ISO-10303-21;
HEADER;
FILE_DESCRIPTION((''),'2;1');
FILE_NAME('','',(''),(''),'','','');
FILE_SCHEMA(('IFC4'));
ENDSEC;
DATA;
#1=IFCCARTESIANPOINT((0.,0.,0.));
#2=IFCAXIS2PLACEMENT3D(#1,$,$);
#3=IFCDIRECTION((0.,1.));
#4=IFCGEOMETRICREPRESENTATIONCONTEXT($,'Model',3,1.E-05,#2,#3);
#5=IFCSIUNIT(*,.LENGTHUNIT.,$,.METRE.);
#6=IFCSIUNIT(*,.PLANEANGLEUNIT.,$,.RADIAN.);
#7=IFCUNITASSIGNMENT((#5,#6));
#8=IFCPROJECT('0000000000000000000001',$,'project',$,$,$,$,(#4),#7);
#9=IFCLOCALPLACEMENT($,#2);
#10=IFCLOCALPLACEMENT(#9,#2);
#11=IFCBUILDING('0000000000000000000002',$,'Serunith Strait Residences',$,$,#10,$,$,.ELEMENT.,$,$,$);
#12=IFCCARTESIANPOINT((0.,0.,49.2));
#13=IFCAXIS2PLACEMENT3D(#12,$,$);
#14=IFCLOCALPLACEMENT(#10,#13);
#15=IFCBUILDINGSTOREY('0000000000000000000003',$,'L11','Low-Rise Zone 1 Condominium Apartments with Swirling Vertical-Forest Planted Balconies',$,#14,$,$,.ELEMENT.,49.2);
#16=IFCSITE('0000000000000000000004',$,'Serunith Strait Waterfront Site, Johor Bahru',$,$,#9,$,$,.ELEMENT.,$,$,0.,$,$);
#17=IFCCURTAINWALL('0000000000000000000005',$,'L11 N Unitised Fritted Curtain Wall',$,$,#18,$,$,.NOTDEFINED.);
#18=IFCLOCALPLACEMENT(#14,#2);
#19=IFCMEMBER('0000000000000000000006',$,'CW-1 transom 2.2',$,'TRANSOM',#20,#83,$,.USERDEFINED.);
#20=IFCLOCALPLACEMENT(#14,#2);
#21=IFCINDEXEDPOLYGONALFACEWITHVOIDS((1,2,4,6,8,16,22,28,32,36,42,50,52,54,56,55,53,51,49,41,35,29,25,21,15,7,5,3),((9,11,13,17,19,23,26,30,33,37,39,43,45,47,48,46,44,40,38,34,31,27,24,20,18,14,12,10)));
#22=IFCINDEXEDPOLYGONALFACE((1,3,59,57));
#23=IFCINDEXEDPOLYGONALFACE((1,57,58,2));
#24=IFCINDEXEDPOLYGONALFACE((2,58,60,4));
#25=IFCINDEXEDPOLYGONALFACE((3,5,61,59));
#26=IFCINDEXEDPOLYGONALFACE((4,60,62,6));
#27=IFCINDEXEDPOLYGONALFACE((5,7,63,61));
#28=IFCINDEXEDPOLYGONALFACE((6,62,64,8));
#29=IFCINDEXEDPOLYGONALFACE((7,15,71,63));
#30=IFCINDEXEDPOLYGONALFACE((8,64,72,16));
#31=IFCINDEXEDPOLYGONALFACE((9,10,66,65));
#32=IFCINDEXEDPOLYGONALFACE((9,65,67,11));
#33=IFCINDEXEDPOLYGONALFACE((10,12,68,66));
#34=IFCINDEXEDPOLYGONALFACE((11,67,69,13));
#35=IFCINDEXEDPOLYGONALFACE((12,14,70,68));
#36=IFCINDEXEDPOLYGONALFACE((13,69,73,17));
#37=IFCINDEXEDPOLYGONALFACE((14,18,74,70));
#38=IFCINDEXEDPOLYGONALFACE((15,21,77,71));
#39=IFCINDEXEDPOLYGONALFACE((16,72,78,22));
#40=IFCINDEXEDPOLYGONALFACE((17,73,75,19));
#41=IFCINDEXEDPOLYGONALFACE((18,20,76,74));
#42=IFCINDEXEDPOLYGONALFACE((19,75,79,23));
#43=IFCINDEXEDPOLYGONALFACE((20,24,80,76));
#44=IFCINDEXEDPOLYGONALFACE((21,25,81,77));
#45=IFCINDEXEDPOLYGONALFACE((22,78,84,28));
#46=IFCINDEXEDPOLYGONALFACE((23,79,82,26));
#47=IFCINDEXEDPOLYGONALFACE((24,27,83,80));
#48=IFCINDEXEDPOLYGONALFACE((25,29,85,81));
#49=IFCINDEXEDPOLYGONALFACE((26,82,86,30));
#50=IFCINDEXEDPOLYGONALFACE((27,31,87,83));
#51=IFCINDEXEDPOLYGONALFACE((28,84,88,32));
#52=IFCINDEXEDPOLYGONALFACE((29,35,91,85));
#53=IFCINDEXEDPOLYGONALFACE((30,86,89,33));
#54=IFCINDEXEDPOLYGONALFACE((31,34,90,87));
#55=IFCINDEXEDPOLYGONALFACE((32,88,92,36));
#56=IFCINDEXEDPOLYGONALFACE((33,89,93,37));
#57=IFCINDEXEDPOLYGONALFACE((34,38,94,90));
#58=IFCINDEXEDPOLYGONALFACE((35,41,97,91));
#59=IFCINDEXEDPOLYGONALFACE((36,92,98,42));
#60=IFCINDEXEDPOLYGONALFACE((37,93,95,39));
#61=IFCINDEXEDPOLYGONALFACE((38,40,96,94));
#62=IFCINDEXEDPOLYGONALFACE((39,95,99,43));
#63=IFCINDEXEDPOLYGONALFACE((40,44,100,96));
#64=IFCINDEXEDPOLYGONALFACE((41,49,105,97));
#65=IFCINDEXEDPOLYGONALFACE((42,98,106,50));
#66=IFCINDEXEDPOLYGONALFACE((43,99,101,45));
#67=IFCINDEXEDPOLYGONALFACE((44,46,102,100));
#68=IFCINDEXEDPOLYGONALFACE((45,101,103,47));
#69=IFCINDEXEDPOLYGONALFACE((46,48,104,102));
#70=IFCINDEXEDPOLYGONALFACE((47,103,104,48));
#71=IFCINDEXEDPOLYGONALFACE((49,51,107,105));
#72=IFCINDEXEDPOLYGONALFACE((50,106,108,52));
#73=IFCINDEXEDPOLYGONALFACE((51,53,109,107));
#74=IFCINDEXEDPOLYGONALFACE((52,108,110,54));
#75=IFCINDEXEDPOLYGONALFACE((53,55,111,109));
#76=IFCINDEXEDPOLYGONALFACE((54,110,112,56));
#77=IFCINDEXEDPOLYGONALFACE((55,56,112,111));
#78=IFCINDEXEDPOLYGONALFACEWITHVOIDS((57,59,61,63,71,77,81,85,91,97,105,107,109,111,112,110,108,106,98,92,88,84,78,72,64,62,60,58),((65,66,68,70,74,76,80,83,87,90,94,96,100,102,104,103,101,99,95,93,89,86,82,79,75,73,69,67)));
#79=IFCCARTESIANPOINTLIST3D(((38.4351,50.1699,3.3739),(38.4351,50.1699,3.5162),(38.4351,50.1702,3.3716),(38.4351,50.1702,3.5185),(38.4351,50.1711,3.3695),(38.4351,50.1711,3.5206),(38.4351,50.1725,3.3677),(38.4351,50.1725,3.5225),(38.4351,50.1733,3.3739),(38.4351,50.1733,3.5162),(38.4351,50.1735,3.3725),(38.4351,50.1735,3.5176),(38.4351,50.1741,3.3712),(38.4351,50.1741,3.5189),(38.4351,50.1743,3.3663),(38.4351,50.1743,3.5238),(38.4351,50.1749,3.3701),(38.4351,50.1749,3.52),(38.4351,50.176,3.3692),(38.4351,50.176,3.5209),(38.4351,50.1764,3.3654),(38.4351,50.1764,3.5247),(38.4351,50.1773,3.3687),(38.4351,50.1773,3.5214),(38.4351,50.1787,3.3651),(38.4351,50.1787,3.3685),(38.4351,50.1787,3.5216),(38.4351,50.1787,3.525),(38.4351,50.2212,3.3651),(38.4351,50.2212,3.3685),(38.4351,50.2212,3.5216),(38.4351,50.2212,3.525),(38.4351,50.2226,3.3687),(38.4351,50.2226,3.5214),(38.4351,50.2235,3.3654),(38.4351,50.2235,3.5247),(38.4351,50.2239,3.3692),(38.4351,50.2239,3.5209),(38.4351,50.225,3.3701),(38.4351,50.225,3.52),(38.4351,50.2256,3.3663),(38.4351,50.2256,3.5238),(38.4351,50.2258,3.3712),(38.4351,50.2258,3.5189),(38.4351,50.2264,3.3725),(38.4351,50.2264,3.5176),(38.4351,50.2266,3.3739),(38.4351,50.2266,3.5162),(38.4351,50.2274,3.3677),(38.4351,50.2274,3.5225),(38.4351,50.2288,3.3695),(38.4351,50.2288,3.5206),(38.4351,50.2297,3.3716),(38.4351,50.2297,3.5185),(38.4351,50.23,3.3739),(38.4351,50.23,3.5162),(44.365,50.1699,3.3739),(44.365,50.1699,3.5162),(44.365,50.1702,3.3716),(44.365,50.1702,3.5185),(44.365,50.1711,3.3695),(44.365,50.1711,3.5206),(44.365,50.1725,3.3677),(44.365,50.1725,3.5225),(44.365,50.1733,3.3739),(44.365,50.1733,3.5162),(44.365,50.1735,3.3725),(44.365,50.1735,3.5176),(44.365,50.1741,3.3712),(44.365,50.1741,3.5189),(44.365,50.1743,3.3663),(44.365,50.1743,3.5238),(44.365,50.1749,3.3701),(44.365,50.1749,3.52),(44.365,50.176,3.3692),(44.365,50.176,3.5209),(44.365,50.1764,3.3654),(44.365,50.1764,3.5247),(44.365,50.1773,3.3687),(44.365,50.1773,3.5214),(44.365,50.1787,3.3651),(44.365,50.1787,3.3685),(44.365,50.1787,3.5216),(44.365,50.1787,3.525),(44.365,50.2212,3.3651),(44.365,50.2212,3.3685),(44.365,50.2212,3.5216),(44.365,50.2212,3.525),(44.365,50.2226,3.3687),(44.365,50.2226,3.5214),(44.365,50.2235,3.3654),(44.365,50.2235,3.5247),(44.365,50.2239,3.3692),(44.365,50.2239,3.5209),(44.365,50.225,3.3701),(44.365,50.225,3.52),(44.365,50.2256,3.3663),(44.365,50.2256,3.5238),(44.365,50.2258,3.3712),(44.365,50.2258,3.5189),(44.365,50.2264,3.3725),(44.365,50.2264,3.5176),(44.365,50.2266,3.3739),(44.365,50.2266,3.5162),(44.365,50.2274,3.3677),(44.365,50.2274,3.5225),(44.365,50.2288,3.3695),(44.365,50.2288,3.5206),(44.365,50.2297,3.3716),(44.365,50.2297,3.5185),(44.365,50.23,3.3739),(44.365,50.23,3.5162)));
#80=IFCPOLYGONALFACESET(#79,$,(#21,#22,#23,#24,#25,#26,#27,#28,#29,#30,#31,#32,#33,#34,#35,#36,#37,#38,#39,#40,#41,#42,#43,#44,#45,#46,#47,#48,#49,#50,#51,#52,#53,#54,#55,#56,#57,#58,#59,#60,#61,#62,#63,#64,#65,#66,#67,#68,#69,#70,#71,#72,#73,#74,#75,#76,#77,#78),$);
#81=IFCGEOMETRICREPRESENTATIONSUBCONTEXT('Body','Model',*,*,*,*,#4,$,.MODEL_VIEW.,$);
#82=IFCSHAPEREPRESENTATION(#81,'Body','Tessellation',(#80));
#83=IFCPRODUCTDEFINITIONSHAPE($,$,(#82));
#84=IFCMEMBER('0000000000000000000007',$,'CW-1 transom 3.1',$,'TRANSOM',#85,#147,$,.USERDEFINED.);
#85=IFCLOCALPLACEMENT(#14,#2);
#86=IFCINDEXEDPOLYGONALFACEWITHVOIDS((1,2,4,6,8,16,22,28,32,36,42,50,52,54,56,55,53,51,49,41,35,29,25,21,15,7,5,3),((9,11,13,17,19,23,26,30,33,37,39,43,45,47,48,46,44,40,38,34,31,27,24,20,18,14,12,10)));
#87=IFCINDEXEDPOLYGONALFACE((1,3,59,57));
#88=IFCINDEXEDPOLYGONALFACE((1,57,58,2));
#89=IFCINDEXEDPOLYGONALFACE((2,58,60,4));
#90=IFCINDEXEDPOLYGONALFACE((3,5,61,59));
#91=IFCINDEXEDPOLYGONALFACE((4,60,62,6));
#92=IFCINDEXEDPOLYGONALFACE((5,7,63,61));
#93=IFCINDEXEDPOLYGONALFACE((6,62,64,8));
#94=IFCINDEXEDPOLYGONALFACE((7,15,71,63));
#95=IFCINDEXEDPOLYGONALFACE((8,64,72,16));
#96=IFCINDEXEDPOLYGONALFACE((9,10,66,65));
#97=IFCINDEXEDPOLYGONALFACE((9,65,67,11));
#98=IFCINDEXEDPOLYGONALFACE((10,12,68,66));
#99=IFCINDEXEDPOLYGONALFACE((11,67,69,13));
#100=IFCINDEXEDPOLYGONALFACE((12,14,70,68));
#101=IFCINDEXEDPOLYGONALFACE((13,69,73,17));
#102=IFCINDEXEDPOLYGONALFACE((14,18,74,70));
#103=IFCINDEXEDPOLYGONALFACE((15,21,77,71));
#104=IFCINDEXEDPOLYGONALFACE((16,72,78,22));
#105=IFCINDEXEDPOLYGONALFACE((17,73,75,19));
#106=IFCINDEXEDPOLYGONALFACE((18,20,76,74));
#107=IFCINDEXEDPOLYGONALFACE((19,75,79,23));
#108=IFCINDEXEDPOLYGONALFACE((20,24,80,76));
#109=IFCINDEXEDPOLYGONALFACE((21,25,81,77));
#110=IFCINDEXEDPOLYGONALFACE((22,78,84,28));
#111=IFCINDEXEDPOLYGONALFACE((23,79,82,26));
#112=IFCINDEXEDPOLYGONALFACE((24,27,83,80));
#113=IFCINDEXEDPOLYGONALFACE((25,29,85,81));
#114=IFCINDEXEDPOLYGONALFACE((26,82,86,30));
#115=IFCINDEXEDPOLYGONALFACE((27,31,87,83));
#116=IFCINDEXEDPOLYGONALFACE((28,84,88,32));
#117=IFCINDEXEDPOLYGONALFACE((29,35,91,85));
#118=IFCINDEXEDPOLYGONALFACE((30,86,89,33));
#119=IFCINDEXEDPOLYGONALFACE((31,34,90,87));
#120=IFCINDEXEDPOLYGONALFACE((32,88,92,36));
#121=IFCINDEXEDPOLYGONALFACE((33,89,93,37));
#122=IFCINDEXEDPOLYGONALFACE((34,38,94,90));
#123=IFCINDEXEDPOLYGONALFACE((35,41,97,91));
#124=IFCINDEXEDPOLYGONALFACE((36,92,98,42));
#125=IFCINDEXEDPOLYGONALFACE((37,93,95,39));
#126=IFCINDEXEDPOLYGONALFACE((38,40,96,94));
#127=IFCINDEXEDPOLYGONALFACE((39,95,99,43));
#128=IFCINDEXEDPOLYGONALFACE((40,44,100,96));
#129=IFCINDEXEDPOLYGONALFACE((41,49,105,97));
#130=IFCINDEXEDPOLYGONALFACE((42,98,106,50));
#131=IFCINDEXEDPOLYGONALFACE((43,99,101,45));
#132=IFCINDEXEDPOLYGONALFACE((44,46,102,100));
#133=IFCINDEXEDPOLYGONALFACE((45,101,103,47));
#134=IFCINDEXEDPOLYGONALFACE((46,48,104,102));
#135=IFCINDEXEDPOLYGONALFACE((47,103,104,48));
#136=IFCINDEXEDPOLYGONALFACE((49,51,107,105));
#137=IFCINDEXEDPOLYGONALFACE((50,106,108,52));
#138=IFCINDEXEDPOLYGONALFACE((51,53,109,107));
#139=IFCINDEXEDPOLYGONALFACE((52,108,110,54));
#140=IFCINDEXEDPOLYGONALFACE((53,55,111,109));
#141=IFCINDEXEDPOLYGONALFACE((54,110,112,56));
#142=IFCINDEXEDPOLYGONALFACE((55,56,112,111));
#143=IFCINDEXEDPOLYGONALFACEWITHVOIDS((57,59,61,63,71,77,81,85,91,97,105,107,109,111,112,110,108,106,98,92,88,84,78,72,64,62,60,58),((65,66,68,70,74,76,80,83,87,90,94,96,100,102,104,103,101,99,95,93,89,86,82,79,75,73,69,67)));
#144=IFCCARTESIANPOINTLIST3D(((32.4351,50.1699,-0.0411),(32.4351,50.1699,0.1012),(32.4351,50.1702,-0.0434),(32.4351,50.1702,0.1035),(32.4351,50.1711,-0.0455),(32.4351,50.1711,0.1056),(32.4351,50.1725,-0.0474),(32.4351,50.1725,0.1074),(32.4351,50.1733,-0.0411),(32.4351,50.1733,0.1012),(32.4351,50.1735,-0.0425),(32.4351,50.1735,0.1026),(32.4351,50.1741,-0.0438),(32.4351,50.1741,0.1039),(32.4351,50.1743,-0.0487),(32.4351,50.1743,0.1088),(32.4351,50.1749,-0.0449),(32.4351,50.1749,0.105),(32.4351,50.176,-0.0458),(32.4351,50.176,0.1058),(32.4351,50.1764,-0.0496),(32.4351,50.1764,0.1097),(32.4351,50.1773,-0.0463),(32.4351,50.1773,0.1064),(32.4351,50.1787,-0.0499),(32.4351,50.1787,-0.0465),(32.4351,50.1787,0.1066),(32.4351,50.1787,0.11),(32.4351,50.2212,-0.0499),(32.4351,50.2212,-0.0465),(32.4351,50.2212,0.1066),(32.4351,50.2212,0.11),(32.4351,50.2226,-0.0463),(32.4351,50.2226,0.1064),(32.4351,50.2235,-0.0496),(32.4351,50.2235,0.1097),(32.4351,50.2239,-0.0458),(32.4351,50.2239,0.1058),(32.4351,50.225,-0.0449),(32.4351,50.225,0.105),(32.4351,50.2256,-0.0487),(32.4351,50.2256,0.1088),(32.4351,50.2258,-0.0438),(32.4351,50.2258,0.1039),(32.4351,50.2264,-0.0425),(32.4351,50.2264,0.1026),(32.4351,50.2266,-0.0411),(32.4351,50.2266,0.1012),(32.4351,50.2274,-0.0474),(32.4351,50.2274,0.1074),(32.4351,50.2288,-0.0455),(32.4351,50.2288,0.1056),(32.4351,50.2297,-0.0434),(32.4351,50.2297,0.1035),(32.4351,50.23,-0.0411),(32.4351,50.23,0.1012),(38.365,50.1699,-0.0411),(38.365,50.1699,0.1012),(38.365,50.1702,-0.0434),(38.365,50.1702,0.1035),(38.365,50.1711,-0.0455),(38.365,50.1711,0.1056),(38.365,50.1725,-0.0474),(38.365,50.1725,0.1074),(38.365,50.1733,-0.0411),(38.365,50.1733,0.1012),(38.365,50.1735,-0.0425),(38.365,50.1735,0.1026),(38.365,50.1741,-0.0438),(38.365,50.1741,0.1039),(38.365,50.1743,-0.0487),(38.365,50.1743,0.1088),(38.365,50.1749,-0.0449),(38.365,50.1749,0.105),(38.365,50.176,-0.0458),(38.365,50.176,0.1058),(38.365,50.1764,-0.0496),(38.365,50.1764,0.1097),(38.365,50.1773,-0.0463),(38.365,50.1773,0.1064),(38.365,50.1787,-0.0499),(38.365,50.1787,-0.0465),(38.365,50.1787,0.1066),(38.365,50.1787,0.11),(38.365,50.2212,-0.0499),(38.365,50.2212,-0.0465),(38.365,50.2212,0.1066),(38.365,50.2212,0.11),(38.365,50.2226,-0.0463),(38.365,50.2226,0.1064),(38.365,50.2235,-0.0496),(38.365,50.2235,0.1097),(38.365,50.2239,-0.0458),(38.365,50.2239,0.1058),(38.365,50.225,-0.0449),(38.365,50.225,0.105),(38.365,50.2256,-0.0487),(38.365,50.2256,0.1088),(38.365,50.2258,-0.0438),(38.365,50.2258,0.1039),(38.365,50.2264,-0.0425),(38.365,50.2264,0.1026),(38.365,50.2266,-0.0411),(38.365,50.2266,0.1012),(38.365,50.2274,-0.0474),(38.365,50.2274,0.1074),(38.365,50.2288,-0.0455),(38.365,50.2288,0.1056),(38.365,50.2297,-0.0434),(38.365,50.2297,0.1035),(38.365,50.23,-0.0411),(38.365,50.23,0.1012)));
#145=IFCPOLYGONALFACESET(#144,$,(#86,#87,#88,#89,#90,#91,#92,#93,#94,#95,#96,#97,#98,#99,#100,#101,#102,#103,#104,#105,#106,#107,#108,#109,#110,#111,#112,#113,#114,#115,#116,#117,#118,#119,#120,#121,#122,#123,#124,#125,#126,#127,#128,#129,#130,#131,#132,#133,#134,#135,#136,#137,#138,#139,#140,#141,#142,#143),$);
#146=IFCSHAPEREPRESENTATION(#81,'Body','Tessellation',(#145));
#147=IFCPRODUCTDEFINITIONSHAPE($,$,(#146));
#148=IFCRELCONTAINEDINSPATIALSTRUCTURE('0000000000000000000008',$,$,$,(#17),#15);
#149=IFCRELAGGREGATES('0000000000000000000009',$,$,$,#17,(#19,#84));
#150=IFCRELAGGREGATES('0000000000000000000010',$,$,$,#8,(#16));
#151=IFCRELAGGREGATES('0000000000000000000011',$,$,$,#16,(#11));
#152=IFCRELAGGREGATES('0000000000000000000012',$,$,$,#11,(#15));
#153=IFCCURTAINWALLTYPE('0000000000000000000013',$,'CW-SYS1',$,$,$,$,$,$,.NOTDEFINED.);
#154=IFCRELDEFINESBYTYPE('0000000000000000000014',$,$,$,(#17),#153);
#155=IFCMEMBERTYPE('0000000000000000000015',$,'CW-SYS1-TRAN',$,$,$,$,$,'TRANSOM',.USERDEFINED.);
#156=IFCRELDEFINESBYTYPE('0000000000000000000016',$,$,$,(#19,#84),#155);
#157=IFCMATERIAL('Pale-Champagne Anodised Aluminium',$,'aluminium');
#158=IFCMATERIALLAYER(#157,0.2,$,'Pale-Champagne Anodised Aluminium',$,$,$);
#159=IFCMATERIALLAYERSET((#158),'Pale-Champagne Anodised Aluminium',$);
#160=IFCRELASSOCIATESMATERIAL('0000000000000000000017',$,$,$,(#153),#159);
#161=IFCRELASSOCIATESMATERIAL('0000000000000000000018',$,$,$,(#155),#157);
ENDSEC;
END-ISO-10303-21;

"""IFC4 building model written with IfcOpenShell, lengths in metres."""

from ifc_helpers import new_model, si_unit, direction, frame, origin, origin_2d, place, context, subcontext, project, spatial, hollow_rectangle, extrude, source, transform, mapped, material, layer, layer_set, material_profile, profile_set, type_object, element, aggregate, save


model = new_model("IFC4")

# Units and contexts
model_context = context("Model", 3, precision=1e-05, world=origin(), true_north=direction((0.0, 1.0)))
body_context = subcontext(model_context, "Body", "Model", "MODEL_VIEW")
ifc_project = project(units=[si_unit("LENGTHUNIT", "METRE"), si_unit("PLANEANGLEUNIT", "RADIAN")], contexts=[model_context])

# Site, building, storey
site_placement = place(None, origin())
site = spatial("IfcSite", under=ifc_project, at=site_placement, Name="Serunith Strait Waterfront Site, Johor Bahru", CompositionType="ELEMENT", RefElevation=0.0)
building_placement = place(site_placement, origin())
building = spatial("IfcBuilding", under=site, at=building_placement, Name="Serunith Strait Residences", CompositionType="ELEMENT")
storey_placement = place(building_placement, frame((0.0, 0.0, 49.2)))
storey = spatial("IfcBuildingStorey", under=building, at=storey_placement, Name="L11", Description="Low-Rise Zone 1 Condominium Apartments with Swirling Vertical-Forest Planted Balconies", CompositionType="ELEMENT", Elevation=49.2)

# Curtain wall, members
ifc_material_1 = material(Name="Pale-Champagne Anodised Aluminium", Category="aluminium")
ifc_layer_1 = layer(ifc_material_1, 0.2, Name="Pale-Champagne Anodised Aluminium")
ifc_layer_set_1 = layer_set([ifc_layer_1], Name="Pale-Champagne Anodised Aluminium")
curtain_wall_type = type_object("IfcCurtainWallType", Name="CW-SYS1", PredefinedType="NOTDEFINED", material=ifc_layer_set_1)
curtain_wall_placement = place(storey_placement, origin())
curtain_wall = element("IfcCurtainWall", 1, at=curtain_wall_placement, inside=storey, type_object=curtain_wall_type, Name="L11 N Unitised Fritted Curtain Wall", PredefinedType="NOTDEFINED")
ifc_material_profile_1 = material_profile(ifc_material_1, hollow_rectangle(XDim=0.0601, YDim=0.1599, WallThickness=0.0034, InnerFilletRadius=0.0054, OuterFilletRadius=0.0088, at=origin_2d()), Name="ALU 160x60x3.5")
ifc_profile_set_1 = profile_set([ifc_material_profile_1], Name="Pale-Champagne Anodised Aluminium")
member_type_1 = type_object("IfcMemberType", Name="CW-SYS1-TRAN", ElementType="TRANSOM", PredefinedType="USERDEFINED", material=ifc_profile_set_1)
shared_shape_1 = source(origin(), body_context, "Body", "SweptSolid", [
    extrude(hollow_rectangle(XDim=0.0601, YDim=0.1599, WallThickness=0.0034, InnerFilletRadius=0.0054, OuterFilletRadius=0.0088, at=origin_2d()), origin(), (0.0, 0.0, 1.0), 5.9299),
])
member_1_placement = place(storey_placement, frame((44.365, 50.2, 3.4451), z_axis=(-1.0, 0.0, 0.0), x_axis=(0.0, -1.0, 0.0)))
member_1 = element("IfcMember", 2, at=member_1_placement, type_object=member_type_1, Name="CW-1 transom 2.2", ObjectType="TRANSOM", PredefinedType="USERDEFINED", context=body_context, shape_type="MappedRepresentation", body=[
    mapped(shared_shape_1, transform((0.0, 0.0, 0.0), scale=1.0)),
])
member_2_placement = place(storey_placement, frame((38.365, 50.2, 0.03), z_axis=(-1.0, 0.0, 0.0), x_axis=(0.0, -1.0, 0.0)))
member_2 = element("IfcMember", 3, at=member_2_placement, type_object=member_type_1, Name="CW-1 transom 3.1", ObjectType="TRANSOM", PredefinedType="USERDEFINED", context=body_context, shape_type="MappedRepresentation", body=[
    mapped(shared_shape_1, transform((0.0, 0.0, 0.0), scale=1.0)),
])
aggregate(curtain_wall, [member_1, member_2])

save(model, "model.ifc")
